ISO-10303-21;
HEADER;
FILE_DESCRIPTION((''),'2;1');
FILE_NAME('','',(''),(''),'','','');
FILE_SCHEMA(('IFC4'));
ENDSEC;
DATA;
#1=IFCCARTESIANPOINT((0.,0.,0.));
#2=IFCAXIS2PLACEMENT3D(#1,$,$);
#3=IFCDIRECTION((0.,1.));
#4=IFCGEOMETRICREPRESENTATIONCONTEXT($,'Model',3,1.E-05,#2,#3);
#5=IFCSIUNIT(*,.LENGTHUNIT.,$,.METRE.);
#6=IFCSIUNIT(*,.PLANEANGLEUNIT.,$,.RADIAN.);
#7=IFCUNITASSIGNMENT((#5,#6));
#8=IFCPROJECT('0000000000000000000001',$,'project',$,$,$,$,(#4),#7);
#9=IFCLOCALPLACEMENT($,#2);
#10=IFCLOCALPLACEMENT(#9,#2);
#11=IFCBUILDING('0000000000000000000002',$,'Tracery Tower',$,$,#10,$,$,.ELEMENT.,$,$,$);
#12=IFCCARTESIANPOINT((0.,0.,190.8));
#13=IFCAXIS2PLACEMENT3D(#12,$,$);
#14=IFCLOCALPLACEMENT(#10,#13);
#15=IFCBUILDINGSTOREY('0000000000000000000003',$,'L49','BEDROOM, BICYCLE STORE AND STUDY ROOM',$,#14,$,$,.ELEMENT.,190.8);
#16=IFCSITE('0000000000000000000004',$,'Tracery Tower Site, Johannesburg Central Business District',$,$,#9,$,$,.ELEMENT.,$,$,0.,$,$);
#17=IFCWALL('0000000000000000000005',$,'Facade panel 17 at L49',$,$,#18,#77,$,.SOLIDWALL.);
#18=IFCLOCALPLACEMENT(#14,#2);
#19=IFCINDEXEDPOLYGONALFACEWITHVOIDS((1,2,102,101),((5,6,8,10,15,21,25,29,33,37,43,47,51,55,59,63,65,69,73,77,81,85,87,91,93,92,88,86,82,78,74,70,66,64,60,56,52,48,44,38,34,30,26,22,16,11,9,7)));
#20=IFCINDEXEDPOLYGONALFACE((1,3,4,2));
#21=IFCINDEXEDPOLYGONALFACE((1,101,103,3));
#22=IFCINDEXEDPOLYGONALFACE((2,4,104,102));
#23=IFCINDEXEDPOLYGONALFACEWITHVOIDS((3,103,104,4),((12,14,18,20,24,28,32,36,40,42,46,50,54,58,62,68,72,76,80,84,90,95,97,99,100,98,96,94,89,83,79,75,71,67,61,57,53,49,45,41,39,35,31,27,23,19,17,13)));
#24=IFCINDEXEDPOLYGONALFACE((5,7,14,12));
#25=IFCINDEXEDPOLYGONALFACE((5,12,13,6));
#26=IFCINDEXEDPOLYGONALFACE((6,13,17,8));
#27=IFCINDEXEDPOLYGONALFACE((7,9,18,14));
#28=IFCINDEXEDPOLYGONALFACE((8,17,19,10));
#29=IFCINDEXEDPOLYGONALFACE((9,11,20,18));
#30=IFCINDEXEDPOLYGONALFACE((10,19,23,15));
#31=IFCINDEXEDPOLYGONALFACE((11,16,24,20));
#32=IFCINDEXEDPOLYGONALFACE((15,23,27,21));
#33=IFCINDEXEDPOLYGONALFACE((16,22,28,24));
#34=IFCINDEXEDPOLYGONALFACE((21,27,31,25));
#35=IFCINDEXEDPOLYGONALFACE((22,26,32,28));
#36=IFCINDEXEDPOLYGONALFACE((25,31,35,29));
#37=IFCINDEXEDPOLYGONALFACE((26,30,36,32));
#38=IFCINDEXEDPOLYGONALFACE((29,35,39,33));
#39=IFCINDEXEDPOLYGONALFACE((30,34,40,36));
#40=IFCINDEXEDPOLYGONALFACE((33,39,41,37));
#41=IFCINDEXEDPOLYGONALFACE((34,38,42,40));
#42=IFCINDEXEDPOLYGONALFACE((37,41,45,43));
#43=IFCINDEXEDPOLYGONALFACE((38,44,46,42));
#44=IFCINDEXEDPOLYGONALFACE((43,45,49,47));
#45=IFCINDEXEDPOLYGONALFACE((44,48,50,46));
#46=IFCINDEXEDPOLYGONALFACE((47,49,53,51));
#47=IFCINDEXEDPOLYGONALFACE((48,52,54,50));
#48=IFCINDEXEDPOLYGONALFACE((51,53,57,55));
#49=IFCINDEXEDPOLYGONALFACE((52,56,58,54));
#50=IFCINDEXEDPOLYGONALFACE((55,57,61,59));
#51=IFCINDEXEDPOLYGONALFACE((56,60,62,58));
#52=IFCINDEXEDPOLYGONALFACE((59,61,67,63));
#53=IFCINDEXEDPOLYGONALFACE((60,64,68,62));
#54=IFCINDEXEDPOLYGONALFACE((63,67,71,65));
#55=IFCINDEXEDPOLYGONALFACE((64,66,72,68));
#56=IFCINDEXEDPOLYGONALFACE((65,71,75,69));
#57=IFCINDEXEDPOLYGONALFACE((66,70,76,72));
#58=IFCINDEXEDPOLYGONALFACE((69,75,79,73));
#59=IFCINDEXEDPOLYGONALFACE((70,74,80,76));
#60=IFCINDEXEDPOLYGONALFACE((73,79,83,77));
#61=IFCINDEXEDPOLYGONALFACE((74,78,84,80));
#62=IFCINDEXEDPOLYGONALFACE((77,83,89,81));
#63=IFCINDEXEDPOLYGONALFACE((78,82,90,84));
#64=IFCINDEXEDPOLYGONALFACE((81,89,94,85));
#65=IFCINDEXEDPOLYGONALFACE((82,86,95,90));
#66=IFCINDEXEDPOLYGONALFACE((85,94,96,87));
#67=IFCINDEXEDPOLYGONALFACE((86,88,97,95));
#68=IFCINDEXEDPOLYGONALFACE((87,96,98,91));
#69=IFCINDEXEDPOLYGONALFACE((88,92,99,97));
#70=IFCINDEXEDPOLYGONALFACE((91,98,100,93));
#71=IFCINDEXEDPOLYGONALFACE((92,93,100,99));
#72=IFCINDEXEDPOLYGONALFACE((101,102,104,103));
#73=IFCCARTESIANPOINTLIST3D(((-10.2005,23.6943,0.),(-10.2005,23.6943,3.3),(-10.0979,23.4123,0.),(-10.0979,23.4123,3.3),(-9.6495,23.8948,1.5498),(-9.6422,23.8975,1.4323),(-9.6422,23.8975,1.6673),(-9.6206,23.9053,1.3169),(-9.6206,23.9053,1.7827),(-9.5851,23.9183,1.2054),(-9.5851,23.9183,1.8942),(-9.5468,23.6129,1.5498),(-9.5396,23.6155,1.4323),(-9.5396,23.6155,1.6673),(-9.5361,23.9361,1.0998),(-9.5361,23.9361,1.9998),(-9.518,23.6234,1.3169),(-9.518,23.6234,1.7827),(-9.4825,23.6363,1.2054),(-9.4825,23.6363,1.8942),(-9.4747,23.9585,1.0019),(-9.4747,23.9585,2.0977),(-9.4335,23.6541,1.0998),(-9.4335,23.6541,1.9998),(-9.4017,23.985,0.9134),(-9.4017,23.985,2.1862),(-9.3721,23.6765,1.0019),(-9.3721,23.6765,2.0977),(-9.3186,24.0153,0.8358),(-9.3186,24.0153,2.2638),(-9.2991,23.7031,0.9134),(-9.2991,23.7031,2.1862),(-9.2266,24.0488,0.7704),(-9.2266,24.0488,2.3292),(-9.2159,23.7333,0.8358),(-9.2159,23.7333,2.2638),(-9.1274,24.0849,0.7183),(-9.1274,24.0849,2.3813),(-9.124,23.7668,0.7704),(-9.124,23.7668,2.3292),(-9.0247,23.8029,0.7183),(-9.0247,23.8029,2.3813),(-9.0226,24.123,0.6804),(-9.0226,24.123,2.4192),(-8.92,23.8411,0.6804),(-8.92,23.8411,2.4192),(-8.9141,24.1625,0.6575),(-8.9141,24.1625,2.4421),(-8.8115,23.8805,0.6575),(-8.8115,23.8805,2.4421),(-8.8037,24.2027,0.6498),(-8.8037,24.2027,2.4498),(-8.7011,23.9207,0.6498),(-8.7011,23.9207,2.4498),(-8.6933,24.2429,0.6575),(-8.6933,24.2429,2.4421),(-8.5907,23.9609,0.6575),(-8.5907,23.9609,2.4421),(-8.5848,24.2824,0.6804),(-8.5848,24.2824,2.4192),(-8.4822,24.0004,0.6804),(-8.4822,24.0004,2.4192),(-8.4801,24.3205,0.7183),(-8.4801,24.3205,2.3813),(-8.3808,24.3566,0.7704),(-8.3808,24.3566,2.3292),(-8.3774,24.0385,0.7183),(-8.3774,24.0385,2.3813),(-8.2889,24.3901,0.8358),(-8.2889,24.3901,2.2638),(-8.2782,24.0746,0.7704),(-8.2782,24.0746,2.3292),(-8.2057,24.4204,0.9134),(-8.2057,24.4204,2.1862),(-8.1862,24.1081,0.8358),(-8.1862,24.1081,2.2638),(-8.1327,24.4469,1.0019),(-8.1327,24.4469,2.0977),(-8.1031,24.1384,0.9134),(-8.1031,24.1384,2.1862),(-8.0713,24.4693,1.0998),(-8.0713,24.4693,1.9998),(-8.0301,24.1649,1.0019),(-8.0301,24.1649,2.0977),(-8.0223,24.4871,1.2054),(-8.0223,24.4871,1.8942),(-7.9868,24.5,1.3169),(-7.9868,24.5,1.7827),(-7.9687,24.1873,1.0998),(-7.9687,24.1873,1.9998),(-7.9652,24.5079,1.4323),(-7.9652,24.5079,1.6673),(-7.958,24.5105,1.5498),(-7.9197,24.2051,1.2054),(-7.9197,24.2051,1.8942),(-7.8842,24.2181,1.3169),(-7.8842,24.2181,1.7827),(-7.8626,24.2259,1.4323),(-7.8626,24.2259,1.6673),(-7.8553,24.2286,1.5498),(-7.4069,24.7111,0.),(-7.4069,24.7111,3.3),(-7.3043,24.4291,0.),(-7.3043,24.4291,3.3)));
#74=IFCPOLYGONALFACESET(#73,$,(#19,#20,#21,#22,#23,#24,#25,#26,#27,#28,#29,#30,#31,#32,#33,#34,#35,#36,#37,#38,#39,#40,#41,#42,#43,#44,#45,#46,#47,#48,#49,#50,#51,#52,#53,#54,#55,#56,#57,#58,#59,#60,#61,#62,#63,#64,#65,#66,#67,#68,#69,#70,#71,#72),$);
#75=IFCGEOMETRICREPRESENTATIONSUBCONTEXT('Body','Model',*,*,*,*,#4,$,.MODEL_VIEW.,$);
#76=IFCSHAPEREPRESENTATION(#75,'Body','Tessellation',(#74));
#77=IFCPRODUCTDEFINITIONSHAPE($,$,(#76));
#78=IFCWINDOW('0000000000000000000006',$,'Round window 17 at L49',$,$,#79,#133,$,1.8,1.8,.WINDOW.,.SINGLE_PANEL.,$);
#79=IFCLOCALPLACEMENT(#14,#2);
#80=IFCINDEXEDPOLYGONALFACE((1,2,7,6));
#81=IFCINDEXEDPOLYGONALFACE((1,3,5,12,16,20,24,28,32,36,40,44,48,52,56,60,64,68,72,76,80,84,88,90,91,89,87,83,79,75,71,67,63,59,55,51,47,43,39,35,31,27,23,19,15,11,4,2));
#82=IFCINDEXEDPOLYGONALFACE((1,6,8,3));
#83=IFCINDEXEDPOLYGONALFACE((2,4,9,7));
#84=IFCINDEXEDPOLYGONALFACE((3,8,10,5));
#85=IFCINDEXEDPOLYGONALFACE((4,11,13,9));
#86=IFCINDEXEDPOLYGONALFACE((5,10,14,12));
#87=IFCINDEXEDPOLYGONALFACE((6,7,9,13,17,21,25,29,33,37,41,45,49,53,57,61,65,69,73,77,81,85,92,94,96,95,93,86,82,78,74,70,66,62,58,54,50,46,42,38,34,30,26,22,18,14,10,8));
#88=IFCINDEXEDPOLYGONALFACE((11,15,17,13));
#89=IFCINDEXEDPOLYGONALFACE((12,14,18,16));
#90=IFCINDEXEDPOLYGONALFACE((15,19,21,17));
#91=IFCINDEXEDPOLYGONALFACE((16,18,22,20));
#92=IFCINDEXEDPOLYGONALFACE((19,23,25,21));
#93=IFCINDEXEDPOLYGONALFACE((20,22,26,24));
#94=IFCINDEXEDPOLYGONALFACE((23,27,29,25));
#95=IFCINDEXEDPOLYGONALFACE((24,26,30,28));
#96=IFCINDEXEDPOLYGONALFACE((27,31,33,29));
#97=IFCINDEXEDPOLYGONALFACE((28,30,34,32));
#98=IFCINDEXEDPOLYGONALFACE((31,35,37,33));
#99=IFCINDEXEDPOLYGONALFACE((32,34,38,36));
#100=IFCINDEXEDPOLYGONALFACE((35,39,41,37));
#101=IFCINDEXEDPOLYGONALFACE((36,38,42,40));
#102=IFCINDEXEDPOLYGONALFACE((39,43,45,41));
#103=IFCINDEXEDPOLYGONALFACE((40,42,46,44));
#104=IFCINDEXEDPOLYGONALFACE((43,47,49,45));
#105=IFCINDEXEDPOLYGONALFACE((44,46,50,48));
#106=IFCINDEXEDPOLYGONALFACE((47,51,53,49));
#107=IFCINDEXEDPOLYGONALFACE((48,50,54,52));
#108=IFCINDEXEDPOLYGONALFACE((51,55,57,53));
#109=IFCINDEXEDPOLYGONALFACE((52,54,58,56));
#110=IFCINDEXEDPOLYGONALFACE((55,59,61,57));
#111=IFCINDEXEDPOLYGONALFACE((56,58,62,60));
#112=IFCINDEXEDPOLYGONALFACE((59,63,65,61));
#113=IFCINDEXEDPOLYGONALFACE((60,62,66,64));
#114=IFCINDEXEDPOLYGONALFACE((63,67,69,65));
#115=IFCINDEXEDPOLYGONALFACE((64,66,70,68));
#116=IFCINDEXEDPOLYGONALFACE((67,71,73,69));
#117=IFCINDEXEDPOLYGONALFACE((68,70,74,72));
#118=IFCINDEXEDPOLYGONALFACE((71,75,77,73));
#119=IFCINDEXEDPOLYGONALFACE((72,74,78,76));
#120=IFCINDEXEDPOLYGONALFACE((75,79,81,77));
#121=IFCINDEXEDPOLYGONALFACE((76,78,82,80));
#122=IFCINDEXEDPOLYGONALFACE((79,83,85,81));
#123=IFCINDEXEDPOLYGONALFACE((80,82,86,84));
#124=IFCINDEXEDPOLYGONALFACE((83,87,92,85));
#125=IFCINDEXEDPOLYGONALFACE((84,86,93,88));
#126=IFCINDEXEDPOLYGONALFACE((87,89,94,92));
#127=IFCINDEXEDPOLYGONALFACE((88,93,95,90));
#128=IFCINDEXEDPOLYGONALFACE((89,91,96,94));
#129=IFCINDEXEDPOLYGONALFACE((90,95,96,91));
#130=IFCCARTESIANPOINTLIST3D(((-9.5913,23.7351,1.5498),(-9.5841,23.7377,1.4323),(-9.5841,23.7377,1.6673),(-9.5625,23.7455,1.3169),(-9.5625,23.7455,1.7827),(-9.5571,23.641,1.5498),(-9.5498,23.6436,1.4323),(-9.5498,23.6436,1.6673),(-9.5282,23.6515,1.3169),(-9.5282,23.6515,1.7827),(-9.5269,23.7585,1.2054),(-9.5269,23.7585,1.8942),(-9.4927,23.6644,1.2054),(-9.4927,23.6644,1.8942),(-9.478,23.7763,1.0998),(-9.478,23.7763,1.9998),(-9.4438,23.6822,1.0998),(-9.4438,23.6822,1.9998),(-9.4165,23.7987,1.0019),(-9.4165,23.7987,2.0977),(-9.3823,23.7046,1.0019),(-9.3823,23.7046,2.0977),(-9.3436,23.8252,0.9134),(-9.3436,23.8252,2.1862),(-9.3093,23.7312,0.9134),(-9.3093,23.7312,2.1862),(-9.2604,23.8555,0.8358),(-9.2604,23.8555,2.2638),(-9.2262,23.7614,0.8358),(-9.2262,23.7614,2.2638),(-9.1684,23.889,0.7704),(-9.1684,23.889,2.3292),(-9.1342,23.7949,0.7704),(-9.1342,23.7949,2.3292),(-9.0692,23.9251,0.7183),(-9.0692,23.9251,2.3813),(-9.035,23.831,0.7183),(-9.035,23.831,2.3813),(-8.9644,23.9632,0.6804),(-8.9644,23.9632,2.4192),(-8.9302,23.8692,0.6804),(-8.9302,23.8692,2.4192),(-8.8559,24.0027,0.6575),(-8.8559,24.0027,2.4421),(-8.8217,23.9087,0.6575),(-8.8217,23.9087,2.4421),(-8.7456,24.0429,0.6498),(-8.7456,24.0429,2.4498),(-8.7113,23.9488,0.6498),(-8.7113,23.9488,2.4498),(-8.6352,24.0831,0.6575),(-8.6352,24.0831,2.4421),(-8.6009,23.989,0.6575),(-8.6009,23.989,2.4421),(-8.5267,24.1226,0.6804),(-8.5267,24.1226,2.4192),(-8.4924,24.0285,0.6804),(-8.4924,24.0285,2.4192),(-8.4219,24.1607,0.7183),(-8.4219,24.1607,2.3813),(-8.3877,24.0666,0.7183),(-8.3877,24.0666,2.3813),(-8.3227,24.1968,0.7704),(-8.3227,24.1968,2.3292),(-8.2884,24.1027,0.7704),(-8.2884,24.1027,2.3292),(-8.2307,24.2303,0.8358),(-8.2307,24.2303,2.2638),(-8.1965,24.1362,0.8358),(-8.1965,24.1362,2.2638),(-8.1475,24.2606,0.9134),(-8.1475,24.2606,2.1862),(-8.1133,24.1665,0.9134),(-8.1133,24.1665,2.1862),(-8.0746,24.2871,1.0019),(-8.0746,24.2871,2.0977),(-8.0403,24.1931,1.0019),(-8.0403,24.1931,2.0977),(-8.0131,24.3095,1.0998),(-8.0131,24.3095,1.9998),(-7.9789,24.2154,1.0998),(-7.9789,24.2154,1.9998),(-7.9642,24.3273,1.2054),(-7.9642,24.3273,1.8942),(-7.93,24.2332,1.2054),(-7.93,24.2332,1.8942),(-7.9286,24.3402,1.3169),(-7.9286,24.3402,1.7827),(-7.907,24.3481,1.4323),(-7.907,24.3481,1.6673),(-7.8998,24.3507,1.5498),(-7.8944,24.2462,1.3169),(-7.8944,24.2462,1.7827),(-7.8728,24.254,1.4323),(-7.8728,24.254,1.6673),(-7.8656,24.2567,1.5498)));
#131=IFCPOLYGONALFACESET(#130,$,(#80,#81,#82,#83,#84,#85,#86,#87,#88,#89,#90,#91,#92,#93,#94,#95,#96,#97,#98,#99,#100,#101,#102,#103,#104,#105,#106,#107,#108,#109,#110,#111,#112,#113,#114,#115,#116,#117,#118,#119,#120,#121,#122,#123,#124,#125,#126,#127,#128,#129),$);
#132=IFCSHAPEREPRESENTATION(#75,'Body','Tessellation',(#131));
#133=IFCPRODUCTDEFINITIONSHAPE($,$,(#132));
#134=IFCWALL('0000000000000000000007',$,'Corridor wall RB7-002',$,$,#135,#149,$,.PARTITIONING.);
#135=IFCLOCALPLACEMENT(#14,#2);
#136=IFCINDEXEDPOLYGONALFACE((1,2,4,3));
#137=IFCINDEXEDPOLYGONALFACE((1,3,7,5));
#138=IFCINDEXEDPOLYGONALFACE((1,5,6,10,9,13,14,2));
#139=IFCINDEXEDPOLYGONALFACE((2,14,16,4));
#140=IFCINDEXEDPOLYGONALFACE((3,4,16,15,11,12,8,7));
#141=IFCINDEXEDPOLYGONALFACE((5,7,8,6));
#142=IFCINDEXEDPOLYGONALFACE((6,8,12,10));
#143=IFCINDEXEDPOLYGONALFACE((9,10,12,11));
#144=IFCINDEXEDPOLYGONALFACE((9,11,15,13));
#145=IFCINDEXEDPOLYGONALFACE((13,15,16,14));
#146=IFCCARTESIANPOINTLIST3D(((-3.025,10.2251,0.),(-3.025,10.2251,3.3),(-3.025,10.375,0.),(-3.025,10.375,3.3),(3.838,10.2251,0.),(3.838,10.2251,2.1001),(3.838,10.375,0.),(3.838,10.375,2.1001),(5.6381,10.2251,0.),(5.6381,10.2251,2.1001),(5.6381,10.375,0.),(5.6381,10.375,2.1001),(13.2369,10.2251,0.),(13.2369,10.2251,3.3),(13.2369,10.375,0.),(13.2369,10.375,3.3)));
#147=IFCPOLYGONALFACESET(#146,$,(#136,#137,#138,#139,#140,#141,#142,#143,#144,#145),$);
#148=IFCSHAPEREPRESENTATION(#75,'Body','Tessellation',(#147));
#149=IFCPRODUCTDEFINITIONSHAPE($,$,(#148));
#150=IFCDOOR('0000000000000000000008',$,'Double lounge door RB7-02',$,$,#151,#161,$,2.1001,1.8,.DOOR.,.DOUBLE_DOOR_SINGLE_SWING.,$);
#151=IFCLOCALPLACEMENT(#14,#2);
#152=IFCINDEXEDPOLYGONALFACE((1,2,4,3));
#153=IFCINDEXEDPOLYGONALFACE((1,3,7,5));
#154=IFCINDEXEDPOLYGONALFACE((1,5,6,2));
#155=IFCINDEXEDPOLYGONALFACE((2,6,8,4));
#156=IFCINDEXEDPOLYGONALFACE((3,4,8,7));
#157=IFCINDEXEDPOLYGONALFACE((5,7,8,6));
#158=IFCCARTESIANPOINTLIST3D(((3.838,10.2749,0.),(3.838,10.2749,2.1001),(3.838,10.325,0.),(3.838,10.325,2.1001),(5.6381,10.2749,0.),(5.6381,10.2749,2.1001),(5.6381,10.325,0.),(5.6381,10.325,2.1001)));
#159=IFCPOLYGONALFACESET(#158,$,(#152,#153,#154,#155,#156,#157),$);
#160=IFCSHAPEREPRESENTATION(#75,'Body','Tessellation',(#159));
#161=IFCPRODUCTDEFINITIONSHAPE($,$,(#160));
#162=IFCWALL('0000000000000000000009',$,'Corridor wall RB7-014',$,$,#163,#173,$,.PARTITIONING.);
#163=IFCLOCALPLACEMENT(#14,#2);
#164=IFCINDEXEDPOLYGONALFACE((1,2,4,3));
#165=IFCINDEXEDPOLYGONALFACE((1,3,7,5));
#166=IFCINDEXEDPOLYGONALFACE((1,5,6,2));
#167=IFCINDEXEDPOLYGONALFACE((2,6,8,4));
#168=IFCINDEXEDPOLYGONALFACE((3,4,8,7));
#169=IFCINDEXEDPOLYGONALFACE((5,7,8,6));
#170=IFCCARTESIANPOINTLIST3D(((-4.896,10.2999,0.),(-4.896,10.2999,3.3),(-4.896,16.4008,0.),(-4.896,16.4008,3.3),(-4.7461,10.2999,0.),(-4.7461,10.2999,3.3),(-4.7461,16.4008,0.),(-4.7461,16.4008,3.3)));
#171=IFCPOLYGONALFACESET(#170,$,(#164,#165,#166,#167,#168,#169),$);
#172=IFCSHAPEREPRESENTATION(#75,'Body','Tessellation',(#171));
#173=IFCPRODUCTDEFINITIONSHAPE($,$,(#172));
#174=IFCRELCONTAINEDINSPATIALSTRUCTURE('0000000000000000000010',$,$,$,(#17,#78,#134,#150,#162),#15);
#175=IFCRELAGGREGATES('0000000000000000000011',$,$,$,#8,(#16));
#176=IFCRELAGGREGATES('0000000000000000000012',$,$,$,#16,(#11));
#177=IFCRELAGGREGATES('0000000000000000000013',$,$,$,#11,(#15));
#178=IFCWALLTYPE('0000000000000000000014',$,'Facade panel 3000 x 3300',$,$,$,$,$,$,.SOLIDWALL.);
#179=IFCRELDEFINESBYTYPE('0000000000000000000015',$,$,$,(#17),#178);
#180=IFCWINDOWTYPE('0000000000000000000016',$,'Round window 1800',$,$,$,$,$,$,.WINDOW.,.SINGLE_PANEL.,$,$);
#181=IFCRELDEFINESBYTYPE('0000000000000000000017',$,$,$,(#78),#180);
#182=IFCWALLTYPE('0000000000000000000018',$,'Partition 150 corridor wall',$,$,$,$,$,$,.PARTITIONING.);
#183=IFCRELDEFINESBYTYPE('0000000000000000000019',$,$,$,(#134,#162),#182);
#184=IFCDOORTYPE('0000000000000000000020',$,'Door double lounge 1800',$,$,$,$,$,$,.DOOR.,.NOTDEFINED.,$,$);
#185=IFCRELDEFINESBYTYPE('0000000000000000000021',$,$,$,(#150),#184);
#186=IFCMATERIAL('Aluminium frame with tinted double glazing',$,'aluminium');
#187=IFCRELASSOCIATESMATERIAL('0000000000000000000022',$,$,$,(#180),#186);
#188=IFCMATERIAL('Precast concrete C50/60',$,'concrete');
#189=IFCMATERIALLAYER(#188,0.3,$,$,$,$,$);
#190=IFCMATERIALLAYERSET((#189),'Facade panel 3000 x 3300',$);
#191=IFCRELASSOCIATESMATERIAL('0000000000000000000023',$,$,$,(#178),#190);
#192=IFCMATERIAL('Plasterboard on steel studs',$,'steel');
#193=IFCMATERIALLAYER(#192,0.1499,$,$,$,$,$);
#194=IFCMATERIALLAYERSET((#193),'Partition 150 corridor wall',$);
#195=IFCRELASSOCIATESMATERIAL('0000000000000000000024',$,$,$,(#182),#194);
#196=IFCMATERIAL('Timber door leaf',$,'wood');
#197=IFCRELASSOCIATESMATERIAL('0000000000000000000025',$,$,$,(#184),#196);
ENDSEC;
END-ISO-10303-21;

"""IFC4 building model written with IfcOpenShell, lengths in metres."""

from ifc_helpers import new_model, si_unit, direction, frame, frame_2d, origin, origin_2d, place, context, subcontext, project, spatial, rectangle, circle, extrude, material, layer, layer_set, type_object, element, fill, save


model = new_model("IFC4")

# Units and contexts
model_context = context("Model", 3, precision=1e-05, world=origin(), true_north=direction((0.0, 1.0)))
body_context = subcontext(model_context, "Body", "Model", "MODEL_VIEW")
ifc_project = project(units=[si_unit("LENGTHUNIT", "METRE"), si_unit("PLANEANGLEUNIT", "RADIAN")], contexts=[model_context])

# Site, building, storey
site_placement = place(None, origin())
site = spatial("IfcSite", under=ifc_project, at=site_placement, Name="Tracery Tower Site, Johannesburg Central Business District", CompositionType="ELEMENT", RefElevation=0.0)
building_placement = place(site_placement, origin())
building = spatial("IfcBuilding", under=site, at=building_placement, Name="Tracery Tower", CompositionType="ELEMENT")
storey_placement = place(building_placement, frame((0.0, 0.0, 190.8)))
storey = spatial("IfcBuildingStorey", under=building, at=storey_placement, Name="L49", Description="BEDROOM, BICYCLE STORE AND STUDY ROOM", CompositionType="ELEMENT", Elevation=190.8)

# Wall, opening, window
ifc_material_1 = material(Name="Aluminium frame with tinted double glazing", Category="aluminium")
window_type = type_object("IfcWindowType", Name="Round window 1800", PartitioningType="SINGLE_PANEL", PredefinedType="WINDOW", material=ifc_material_1)
ifc_material_2 = material(Name="Precast concrete C50/60", Category="concrete")
ifc_layer_1 = layer(ifc_material_2, 0.3)
ifc_layer_set_1 = layer_set([ifc_layer_1], Name="Facade panel 3000 x 3300")
wall_type_1 = type_object("IfcWallType", Name="Facade panel 3000 x 3300", PredefinedType="SOLIDWALL", material=ifc_layer_set_1)
wall_1_placement = place(storey_placement, frame((-7.3557, 24.5701, 0.0), z_axis=(0.0, 0.0, 1.0), x_axis=(-0.93969, -0.342027, 0.0)))
wall_1 = element("IfcWall", 1, at=wall_1_placement, inside=storey, type_object=wall_type_1, Name="Facade panel 17 at L49", PredefinedType="SOLIDWALL", context=body_context, shape_type="SweptSolid", body=[
    extrude(rectangle(XDim=2.9729, YDim=0.3, at=frame_2d((1.4863, 0.0))), origin(), (0.0, 0.0, 1.0), 3.3),
])
opening_1_placement = place(wall_1_placement, frame((1.4863, 0.0, 1.5498)))
opening_1 = element("IfcOpeningElement", 2, at=opening_1_placement, cuts=wall_1, PredefinedType="OPENING", context=body_context, shape_type="SweptSolid", body=[
    extrude(circle(Radius=0.9, at=origin_2d()), frame((0.0, 0.1599, 0.0), z_axis=(0.0, -1.0, 0.0), x_axis=(1.0, 0.0, 0.0)), (0.0, 0.0, 1.0), 0.3201),
])
window_1_placement = place(opening_1_placement, origin())
window_1 = element("IfcWindow", 3, at=window_1_placement, inside=storey, type_object=window_type, Name="Round window 17 at L49", OverallHeight=1.8, OverallWidth=1.8, PartitioningType="SINGLE_PANEL", PredefinedType="WINDOW", context=body_context, shape_type="SweptSolid", body=[
    extrude(circle(Radius=0.9, at=origin_2d()), frame((0.0, 0.1201, 0.0), z_axis=(0.0, -1.0, 0.0), x_axis=(1.0, 0.0, 0.0)), (0.0, 0.0, 1.0), 0.1001),
])
fill(opening_1, window_1)

# Wall, opening, door
ifc_material_3 = material(Name="Plasterboard on steel studs", Category="steel")
ifc_layer_2 = layer(ifc_material_3, 0.1499)
ifc_layer_set_2 = layer_set([ifc_layer_2], Name="Partition 150 corridor wall")
wall_type_2 = type_object("IfcWallType", Name="Partition 150 corridor wall", PredefinedType="PARTITIONING", material=ifc_layer_set_2)
wall_2_placement = place(storey_placement, frame((-3.0249, 10.3, 0.0), z_axis=(0.0, 0.0, 1.0), x_axis=(1.0, 0.0, 0.0)))
wall_2 = element("IfcWall", 4, at=wall_2_placement, inside=storey, type_object=wall_type_2, Name="Corridor wall RB7-002", PredefinedType="PARTITIONING", context=body_context, shape_type="SweptSolid", body=[
    extrude(rectangle(XDim=16.262, YDim=0.1499, at=frame_2d((8.1309, 0.0))), origin(), (0.0, 0.0, 1.0), 3.3),
])
opening_2_placement = place(wall_2_placement, frame((6.863, 0.0, 0.0)))
opening_2 = element("IfcOpeningElement", 5, at=opening_2_placement, cuts=wall_2, PredefinedType="OPENING", context=body_context, shape_type="SweptSolid", body=[
    extrude(rectangle(XDim=1.8, YDim=2.1001, at=frame_2d((0.8999, 1.05))), frame((0.0, 0.075, 0.0), z_axis=(0.0, -1.0, 0.0), x_axis=(1.0, 0.0, 0.0)), (0.0, 0.0, 1.0), 0.1499),
])
ifc_material_4 = material(Name="Timber door leaf", Category="wood")
door_type_1 = type_object("IfcDoorType", Name="Door double lounge 1800", OperationType="NOTDEFINED", PredefinedType="DOOR", material=ifc_material_4)
door_1_placement = place(opening_2_placement, origin())
door_1 = element("IfcDoor", 6, at=door_1_placement, inside=storey, type_object=door_type_1, Name="Double lounge door RB7-02", OperationType="DOUBLE_DOOR_SINGLE_SWING", OverallHeight=2.1001, OverallWidth=1.8, PredefinedType="DOOR", context=body_context, shape_type="SweptSolid", body=[
    extrude(rectangle(XDim=1.8, YDim=2.1001, at=frame_2d((0.8999, 1.05))), frame((0.0, 0.0249, 0.0), z_axis=(0.0, -1.0, 0.0), x_axis=(1.0, 0.0, 0.0)), (0.0, 0.0, 1.0), 0.05),
])
fill(opening_2, door_1)

# Wall
wall_3_placement = place(storey_placement, frame((-4.821, 10.3, 0.0), z_axis=(0.0, 0.0, 1.0), x_axis=(0.0, 1.0, 0.0)))
element("IfcWall", 7, at=wall_3_placement, inside=storey, type_object=wall_type_2, Name="Corridor wall RB7-014", PredefinedType="PARTITIONING", context=body_context, shape_type="SweptSolid", body=[
    extrude(rectangle(XDim=6.1008, YDim=0.1499, at=frame_2d((3.0503, 0.0))), origin(), (0.0, 0.0, 1.0), 3.3),
])

save(model, "model.ifc")
